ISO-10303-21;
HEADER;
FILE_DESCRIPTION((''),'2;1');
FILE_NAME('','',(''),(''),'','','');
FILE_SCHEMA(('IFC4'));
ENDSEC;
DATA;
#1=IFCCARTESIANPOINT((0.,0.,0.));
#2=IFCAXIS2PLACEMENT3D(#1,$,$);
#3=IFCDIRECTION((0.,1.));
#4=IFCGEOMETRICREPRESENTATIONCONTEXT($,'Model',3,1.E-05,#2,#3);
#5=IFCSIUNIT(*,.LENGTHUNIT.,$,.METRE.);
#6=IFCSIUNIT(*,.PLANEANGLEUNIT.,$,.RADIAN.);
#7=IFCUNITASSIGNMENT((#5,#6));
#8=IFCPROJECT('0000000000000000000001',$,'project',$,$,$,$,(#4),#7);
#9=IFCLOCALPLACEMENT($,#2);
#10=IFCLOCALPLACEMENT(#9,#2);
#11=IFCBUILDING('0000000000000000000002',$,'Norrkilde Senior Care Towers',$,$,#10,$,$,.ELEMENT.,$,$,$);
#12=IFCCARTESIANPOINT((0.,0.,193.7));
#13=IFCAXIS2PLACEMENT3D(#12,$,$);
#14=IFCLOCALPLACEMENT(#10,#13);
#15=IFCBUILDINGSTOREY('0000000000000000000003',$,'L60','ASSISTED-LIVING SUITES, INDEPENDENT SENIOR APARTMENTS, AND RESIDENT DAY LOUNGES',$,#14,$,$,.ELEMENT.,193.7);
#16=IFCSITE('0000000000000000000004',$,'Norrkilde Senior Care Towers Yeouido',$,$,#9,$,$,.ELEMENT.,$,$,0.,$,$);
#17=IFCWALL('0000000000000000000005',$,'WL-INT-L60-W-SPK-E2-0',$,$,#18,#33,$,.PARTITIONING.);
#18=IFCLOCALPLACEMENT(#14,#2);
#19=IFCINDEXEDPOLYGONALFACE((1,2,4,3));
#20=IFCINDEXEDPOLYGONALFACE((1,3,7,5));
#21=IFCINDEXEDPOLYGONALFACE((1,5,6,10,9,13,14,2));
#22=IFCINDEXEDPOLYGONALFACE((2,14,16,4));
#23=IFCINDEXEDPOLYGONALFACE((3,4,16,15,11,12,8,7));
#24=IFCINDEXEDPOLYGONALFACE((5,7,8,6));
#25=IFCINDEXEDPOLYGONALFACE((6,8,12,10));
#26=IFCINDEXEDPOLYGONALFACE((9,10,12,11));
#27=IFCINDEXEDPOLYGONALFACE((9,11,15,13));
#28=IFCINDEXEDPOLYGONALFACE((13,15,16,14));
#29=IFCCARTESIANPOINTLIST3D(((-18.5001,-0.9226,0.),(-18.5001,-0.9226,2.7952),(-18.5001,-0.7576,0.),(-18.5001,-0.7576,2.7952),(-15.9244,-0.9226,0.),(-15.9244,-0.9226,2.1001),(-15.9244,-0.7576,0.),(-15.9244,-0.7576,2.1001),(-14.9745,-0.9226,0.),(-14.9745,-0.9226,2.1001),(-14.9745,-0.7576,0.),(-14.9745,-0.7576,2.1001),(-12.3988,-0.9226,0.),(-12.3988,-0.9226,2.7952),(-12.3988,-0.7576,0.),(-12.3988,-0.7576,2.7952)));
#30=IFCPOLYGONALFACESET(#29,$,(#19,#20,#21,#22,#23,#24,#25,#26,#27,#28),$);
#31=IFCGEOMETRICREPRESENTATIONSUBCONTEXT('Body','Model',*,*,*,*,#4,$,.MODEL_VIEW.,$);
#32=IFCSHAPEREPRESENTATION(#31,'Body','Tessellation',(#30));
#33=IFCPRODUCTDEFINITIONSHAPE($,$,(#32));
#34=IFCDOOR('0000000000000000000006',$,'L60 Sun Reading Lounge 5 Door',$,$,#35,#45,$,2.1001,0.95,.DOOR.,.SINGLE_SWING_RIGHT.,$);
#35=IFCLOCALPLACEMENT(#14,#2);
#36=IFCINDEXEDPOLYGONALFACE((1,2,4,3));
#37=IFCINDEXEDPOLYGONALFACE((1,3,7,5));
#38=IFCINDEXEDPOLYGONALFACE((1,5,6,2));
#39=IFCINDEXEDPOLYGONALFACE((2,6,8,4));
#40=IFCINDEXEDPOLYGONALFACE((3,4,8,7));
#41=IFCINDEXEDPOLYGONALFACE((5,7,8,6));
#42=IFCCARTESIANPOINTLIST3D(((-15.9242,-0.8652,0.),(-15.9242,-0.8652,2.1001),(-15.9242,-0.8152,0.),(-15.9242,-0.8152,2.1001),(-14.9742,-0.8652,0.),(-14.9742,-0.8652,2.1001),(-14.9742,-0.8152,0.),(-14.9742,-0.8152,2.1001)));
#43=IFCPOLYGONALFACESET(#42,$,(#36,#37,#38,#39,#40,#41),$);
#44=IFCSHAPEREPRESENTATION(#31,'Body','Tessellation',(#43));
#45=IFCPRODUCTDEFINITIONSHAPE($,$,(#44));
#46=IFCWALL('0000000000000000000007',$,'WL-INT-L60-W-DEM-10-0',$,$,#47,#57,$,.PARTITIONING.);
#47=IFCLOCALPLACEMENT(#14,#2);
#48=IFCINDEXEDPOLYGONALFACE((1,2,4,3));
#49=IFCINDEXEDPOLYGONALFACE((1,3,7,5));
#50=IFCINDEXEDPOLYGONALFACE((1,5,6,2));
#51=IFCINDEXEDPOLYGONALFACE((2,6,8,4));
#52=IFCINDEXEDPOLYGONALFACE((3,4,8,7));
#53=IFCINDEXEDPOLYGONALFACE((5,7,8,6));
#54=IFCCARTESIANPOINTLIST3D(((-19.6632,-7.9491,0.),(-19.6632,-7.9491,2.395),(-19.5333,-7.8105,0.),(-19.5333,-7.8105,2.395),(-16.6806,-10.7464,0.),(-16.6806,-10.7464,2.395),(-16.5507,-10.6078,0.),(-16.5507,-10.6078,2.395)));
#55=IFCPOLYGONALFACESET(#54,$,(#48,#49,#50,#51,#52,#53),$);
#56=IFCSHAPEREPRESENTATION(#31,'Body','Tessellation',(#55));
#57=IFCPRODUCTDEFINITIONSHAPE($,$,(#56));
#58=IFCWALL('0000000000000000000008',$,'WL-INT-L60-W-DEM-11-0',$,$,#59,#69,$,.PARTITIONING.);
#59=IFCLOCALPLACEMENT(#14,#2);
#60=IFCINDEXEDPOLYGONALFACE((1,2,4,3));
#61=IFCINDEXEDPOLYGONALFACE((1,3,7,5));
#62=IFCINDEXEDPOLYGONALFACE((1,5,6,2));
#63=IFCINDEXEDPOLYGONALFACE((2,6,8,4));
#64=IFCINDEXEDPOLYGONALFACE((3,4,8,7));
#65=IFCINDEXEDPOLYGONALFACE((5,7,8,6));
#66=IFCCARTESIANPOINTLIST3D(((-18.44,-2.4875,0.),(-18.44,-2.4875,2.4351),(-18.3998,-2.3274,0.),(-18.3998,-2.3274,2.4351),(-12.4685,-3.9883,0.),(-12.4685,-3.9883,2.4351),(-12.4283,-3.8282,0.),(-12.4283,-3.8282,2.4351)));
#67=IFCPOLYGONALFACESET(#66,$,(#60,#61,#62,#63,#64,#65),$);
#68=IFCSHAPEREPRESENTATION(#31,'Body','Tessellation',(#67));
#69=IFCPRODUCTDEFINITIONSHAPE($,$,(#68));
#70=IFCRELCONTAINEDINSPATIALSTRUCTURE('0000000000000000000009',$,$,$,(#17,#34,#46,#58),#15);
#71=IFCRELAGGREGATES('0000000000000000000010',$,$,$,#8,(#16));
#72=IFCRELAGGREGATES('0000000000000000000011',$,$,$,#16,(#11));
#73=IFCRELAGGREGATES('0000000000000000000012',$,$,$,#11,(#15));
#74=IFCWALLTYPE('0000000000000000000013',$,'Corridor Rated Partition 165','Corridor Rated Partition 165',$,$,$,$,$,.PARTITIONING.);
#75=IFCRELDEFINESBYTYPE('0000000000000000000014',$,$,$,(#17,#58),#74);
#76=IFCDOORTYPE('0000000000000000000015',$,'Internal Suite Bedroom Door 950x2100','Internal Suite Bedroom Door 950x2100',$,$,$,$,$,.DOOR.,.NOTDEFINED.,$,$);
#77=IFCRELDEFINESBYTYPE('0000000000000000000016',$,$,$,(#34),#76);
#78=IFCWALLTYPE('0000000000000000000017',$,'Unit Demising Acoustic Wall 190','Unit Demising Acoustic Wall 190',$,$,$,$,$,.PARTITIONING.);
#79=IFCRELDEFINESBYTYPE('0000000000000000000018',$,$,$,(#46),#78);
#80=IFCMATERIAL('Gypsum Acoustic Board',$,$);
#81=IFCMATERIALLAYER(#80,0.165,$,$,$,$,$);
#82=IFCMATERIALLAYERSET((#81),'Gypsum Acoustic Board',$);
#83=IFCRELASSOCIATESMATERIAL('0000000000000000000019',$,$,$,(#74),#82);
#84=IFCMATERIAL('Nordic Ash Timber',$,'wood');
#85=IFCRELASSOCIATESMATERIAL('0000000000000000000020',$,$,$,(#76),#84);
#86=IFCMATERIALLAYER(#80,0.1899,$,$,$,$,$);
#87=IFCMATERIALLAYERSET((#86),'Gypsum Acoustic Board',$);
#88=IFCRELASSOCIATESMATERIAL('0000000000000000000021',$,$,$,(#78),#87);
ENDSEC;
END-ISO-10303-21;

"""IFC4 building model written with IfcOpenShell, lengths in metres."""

from ifc_helpers import new_model, si_unit, direction, frame, frame_2d, origin, place, context, subcontext, project, spatial, rectangle, extrude, source, transform, mapped, material, layer, layer_set, type_object, type_shapes, element, fill, save


model = new_model("IFC4")

# Units and contexts
model_context = context("Model", 3, precision=1e-05, world=origin(), true_north=direction((0.0, 1.0)))
body_context = subcontext(model_context, "Body", "Model", "MODEL_VIEW")
ifc_project = project(units=[si_unit("LENGTHUNIT", "METRE"), si_unit("PLANEANGLEUNIT", "RADIAN")], contexts=[model_context])

# Site, building, storey
site_placement = place(None, origin())
site = spatial("IfcSite", under=ifc_project, at=site_placement, Name="Norrkilde Senior Care Towers Yeouido", CompositionType="ELEMENT", RefElevation=0.0)
building_placement = place(site_placement, origin())
building = spatial("IfcBuilding", under=site, at=building_placement, Name="Norrkilde Senior Care Towers", CompositionType="ELEMENT")
storey_placement = place(building_placement, frame((0.0, 0.0, 193.7)))
storey = spatial("IfcBuildingStorey", under=building, at=storey_placement, Name="L60", Description="ASSISTED-LIVING SUITES, INDEPENDENT SENIOR APARTMENTS, AND RESIDENT DAY LOUNGES", CompositionType="ELEMENT", Elevation=193.7)

# Shared definitions
ifc_material_1 = material(Name="Gypsum Acoustic Board")
ifc_layer_1 = layer(ifc_material_1, 0.165)
ifc_layer_set_1 = layer_set([ifc_layer_1], Name="Gypsum Acoustic Board")
wall_type_1 = type_object("IfcWallType", Name="Corridor Rated Partition 165", Description="Corridor Rated Partition 165", PredefinedType="PARTITIONING", material=ifc_layer_set_1)
ifc_material_2 = material(Name="Nordic Ash Timber", Category="wood")

# Wall, opening, door
shared_shape_1 = source(origin(), body_context, "Body", "SweptSolid", [
    extrude(rectangle(XDim=6.1013, YDim=0.165, at=frame_2d((3.0508, 0.0))), origin(), (0.0, 0.0, 1.0), 2.7952),
])
wall_1_placement = place(storey_placement, frame((-12.3987, -0.8401, 0.0), z_axis=(0.0, 0.0, 1.0), x_axis=(-1.0, 0.0, 0.0)))
wall_1 = element("IfcWall", 1, at=wall_1_placement, inside=storey, type_object=wall_type_1, Name="WL-INT-L60-W-SPK-E2-0", PredefinedType="PARTITIONING", context=body_context, shape_type="MappedRepresentation", body=[
    mapped(shared_shape_1, transform((0.0, 0.0, 0.0), x_axis=(1.0, 0.0, 0.0), y_axis=(0.0, 1.0, 0.0), z_axis=(0.0, 0.0, 1.0), scale=1.0)),
])
opening_1_placement = place(wall_1_placement, frame((2.5757, 0.0, 0.0)))
opening_1 = element("IfcOpeningElement", 2, at=opening_1_placement, cuts=wall_1, PredefinedType="OPENING", context=body_context, shape_type="SweptSolid", body=[
    extrude(rectangle(XDim=0.95, YDim=2.1001, at=frame_2d((0.4751, 1.05))), frame((0.0, 0.0925, 0.0), z_axis=(0.0, -1.0, 0.0), x_axis=(1.0, 0.0, 0.0)), (0.0, 0.0, 1.0), 0.1851),
])
door_type_1 = type_object("IfcDoorType", Name="Internal Suite Bedroom Door 950x2100", Description="Internal Suite Bedroom Door 950x2100", OperationType="NOTDEFINED", PredefinedType="DOOR", material=ifc_material_2)
shared_shape_2 = source(origin(), body_context, "Body", "SweptSolid", [
    extrude(rectangle(XDim=0.95, YDim=2.1001, at=frame_2d((0.4751, 1.05))), frame((0.0, 0.0249, 0.0), z_axis=(0.0, -1.0, 0.0), x_axis=(1.0, 0.0, 0.0)), (0.0, 0.0, 1.0), 0.05),
])
type_shapes(door_type_1, [shared_shape_2])
door_1_placement = place(opening_1_placement, frame((0.95, 0.0, 0.0), z_axis=(0.0, 0.0, 1.0), x_axis=(-1.0, 0.0, 0.0)))
door_1 = element("IfcDoor", 3, at=door_1_placement, inside=storey, type_object=door_type_1, Name="L60 Sun Reading Lounge 5 Door", OperationType="SINGLE_SWING_RIGHT", OverallHeight=2.1001, OverallWidth=0.95, PredefinedType="DOOR", context=body_context, shape_type="MappedRepresentation", body=[
    mapped(shared_shape_2, transform((0.0, 0.0, 0.0), x_axis=(1.0, 0.0, 0.0), y_axis=(0.0, 1.0, 0.0), z_axis=(0.0, 0.0, 1.0), scale=1.0)),
])
fill(opening_1, door_1)

# Walls
ifc_layer_2 = layer(ifc_material_1, 0.1899)
ifc_layer_set_2 = layer_set([ifc_layer_2], Name="Gypsum Acoustic Board")
wall_type_2 = type_object("IfcWallType", Name="Unit Demising Acoustic Wall 190", Description="Unit Demising Acoustic Wall 190", PredefinedType="PARTITIONING", material=ifc_layer_set_2)
shared_shape_3 = source(origin(), body_context, "Body", "SweptSolid", [
    extrude(rectangle(XDim=4.0891, YDim=0.1899, at=frame_2d((2.0444, 0.0))), origin(), (0.0, 0.0, 1.0), 2.395),
])
type_shapes(wall_type_2, [shared_shape_3])
wall_2_placement = place(storey_placement, frame((-19.5981, -7.8799, 0.0), z_axis=(0.0, 0.0, 1.0), x_axis=(0.729401, -0.684086, 0.0)))
element("IfcWall", 4, at=wall_2_placement, inside=storey, type_object=wall_type_2, Name="WL-INT-L60-W-DEM-10-0", PredefinedType="PARTITIONING", context=body_context, shape_type="MappedRepresentation", body=[
    mapped(shared_shape_3, transform((0.0, 0.0, 0.0), x_axis=(1.0, 0.0, 0.0), y_axis=(0.0, 1.0, 0.0), z_axis=(0.0, 0.0, 1.0), scale=1.0)),
])
shared_shape_4 = source(origin(), body_context, "Body", "SweptSolid", [
    extrude(rectangle(XDim=6.1572, YDim=0.165, at=frame_2d((3.0786, 0.0))), origin(), (0.0, 0.0, 1.0), 2.4351),
])
wall_3_placement = place(storey_placement, frame((-18.4199, -2.4075, 0.0), z_axis=(0.0, 0.0, 1.0), x_axis=(0.969841, -0.243739, 0.0)))
element("IfcWall", 5, at=wall_3_placement, inside=storey, type_object=wall_type_1, Name="WL-INT-L60-W-DEM-11-0", PredefinedType="PARTITIONING", context=body_context, shape_type="MappedRepresentation", body=[
    mapped(shared_shape_4, transform((0.0, 0.0, 0.0), x_axis=(1.0, 0.0, 0.0), y_axis=(0.0, 1.0, 0.0), z_axis=(0.0, 0.0, 1.0), scale=1.0)),
])

save(model, "model.ifc")
